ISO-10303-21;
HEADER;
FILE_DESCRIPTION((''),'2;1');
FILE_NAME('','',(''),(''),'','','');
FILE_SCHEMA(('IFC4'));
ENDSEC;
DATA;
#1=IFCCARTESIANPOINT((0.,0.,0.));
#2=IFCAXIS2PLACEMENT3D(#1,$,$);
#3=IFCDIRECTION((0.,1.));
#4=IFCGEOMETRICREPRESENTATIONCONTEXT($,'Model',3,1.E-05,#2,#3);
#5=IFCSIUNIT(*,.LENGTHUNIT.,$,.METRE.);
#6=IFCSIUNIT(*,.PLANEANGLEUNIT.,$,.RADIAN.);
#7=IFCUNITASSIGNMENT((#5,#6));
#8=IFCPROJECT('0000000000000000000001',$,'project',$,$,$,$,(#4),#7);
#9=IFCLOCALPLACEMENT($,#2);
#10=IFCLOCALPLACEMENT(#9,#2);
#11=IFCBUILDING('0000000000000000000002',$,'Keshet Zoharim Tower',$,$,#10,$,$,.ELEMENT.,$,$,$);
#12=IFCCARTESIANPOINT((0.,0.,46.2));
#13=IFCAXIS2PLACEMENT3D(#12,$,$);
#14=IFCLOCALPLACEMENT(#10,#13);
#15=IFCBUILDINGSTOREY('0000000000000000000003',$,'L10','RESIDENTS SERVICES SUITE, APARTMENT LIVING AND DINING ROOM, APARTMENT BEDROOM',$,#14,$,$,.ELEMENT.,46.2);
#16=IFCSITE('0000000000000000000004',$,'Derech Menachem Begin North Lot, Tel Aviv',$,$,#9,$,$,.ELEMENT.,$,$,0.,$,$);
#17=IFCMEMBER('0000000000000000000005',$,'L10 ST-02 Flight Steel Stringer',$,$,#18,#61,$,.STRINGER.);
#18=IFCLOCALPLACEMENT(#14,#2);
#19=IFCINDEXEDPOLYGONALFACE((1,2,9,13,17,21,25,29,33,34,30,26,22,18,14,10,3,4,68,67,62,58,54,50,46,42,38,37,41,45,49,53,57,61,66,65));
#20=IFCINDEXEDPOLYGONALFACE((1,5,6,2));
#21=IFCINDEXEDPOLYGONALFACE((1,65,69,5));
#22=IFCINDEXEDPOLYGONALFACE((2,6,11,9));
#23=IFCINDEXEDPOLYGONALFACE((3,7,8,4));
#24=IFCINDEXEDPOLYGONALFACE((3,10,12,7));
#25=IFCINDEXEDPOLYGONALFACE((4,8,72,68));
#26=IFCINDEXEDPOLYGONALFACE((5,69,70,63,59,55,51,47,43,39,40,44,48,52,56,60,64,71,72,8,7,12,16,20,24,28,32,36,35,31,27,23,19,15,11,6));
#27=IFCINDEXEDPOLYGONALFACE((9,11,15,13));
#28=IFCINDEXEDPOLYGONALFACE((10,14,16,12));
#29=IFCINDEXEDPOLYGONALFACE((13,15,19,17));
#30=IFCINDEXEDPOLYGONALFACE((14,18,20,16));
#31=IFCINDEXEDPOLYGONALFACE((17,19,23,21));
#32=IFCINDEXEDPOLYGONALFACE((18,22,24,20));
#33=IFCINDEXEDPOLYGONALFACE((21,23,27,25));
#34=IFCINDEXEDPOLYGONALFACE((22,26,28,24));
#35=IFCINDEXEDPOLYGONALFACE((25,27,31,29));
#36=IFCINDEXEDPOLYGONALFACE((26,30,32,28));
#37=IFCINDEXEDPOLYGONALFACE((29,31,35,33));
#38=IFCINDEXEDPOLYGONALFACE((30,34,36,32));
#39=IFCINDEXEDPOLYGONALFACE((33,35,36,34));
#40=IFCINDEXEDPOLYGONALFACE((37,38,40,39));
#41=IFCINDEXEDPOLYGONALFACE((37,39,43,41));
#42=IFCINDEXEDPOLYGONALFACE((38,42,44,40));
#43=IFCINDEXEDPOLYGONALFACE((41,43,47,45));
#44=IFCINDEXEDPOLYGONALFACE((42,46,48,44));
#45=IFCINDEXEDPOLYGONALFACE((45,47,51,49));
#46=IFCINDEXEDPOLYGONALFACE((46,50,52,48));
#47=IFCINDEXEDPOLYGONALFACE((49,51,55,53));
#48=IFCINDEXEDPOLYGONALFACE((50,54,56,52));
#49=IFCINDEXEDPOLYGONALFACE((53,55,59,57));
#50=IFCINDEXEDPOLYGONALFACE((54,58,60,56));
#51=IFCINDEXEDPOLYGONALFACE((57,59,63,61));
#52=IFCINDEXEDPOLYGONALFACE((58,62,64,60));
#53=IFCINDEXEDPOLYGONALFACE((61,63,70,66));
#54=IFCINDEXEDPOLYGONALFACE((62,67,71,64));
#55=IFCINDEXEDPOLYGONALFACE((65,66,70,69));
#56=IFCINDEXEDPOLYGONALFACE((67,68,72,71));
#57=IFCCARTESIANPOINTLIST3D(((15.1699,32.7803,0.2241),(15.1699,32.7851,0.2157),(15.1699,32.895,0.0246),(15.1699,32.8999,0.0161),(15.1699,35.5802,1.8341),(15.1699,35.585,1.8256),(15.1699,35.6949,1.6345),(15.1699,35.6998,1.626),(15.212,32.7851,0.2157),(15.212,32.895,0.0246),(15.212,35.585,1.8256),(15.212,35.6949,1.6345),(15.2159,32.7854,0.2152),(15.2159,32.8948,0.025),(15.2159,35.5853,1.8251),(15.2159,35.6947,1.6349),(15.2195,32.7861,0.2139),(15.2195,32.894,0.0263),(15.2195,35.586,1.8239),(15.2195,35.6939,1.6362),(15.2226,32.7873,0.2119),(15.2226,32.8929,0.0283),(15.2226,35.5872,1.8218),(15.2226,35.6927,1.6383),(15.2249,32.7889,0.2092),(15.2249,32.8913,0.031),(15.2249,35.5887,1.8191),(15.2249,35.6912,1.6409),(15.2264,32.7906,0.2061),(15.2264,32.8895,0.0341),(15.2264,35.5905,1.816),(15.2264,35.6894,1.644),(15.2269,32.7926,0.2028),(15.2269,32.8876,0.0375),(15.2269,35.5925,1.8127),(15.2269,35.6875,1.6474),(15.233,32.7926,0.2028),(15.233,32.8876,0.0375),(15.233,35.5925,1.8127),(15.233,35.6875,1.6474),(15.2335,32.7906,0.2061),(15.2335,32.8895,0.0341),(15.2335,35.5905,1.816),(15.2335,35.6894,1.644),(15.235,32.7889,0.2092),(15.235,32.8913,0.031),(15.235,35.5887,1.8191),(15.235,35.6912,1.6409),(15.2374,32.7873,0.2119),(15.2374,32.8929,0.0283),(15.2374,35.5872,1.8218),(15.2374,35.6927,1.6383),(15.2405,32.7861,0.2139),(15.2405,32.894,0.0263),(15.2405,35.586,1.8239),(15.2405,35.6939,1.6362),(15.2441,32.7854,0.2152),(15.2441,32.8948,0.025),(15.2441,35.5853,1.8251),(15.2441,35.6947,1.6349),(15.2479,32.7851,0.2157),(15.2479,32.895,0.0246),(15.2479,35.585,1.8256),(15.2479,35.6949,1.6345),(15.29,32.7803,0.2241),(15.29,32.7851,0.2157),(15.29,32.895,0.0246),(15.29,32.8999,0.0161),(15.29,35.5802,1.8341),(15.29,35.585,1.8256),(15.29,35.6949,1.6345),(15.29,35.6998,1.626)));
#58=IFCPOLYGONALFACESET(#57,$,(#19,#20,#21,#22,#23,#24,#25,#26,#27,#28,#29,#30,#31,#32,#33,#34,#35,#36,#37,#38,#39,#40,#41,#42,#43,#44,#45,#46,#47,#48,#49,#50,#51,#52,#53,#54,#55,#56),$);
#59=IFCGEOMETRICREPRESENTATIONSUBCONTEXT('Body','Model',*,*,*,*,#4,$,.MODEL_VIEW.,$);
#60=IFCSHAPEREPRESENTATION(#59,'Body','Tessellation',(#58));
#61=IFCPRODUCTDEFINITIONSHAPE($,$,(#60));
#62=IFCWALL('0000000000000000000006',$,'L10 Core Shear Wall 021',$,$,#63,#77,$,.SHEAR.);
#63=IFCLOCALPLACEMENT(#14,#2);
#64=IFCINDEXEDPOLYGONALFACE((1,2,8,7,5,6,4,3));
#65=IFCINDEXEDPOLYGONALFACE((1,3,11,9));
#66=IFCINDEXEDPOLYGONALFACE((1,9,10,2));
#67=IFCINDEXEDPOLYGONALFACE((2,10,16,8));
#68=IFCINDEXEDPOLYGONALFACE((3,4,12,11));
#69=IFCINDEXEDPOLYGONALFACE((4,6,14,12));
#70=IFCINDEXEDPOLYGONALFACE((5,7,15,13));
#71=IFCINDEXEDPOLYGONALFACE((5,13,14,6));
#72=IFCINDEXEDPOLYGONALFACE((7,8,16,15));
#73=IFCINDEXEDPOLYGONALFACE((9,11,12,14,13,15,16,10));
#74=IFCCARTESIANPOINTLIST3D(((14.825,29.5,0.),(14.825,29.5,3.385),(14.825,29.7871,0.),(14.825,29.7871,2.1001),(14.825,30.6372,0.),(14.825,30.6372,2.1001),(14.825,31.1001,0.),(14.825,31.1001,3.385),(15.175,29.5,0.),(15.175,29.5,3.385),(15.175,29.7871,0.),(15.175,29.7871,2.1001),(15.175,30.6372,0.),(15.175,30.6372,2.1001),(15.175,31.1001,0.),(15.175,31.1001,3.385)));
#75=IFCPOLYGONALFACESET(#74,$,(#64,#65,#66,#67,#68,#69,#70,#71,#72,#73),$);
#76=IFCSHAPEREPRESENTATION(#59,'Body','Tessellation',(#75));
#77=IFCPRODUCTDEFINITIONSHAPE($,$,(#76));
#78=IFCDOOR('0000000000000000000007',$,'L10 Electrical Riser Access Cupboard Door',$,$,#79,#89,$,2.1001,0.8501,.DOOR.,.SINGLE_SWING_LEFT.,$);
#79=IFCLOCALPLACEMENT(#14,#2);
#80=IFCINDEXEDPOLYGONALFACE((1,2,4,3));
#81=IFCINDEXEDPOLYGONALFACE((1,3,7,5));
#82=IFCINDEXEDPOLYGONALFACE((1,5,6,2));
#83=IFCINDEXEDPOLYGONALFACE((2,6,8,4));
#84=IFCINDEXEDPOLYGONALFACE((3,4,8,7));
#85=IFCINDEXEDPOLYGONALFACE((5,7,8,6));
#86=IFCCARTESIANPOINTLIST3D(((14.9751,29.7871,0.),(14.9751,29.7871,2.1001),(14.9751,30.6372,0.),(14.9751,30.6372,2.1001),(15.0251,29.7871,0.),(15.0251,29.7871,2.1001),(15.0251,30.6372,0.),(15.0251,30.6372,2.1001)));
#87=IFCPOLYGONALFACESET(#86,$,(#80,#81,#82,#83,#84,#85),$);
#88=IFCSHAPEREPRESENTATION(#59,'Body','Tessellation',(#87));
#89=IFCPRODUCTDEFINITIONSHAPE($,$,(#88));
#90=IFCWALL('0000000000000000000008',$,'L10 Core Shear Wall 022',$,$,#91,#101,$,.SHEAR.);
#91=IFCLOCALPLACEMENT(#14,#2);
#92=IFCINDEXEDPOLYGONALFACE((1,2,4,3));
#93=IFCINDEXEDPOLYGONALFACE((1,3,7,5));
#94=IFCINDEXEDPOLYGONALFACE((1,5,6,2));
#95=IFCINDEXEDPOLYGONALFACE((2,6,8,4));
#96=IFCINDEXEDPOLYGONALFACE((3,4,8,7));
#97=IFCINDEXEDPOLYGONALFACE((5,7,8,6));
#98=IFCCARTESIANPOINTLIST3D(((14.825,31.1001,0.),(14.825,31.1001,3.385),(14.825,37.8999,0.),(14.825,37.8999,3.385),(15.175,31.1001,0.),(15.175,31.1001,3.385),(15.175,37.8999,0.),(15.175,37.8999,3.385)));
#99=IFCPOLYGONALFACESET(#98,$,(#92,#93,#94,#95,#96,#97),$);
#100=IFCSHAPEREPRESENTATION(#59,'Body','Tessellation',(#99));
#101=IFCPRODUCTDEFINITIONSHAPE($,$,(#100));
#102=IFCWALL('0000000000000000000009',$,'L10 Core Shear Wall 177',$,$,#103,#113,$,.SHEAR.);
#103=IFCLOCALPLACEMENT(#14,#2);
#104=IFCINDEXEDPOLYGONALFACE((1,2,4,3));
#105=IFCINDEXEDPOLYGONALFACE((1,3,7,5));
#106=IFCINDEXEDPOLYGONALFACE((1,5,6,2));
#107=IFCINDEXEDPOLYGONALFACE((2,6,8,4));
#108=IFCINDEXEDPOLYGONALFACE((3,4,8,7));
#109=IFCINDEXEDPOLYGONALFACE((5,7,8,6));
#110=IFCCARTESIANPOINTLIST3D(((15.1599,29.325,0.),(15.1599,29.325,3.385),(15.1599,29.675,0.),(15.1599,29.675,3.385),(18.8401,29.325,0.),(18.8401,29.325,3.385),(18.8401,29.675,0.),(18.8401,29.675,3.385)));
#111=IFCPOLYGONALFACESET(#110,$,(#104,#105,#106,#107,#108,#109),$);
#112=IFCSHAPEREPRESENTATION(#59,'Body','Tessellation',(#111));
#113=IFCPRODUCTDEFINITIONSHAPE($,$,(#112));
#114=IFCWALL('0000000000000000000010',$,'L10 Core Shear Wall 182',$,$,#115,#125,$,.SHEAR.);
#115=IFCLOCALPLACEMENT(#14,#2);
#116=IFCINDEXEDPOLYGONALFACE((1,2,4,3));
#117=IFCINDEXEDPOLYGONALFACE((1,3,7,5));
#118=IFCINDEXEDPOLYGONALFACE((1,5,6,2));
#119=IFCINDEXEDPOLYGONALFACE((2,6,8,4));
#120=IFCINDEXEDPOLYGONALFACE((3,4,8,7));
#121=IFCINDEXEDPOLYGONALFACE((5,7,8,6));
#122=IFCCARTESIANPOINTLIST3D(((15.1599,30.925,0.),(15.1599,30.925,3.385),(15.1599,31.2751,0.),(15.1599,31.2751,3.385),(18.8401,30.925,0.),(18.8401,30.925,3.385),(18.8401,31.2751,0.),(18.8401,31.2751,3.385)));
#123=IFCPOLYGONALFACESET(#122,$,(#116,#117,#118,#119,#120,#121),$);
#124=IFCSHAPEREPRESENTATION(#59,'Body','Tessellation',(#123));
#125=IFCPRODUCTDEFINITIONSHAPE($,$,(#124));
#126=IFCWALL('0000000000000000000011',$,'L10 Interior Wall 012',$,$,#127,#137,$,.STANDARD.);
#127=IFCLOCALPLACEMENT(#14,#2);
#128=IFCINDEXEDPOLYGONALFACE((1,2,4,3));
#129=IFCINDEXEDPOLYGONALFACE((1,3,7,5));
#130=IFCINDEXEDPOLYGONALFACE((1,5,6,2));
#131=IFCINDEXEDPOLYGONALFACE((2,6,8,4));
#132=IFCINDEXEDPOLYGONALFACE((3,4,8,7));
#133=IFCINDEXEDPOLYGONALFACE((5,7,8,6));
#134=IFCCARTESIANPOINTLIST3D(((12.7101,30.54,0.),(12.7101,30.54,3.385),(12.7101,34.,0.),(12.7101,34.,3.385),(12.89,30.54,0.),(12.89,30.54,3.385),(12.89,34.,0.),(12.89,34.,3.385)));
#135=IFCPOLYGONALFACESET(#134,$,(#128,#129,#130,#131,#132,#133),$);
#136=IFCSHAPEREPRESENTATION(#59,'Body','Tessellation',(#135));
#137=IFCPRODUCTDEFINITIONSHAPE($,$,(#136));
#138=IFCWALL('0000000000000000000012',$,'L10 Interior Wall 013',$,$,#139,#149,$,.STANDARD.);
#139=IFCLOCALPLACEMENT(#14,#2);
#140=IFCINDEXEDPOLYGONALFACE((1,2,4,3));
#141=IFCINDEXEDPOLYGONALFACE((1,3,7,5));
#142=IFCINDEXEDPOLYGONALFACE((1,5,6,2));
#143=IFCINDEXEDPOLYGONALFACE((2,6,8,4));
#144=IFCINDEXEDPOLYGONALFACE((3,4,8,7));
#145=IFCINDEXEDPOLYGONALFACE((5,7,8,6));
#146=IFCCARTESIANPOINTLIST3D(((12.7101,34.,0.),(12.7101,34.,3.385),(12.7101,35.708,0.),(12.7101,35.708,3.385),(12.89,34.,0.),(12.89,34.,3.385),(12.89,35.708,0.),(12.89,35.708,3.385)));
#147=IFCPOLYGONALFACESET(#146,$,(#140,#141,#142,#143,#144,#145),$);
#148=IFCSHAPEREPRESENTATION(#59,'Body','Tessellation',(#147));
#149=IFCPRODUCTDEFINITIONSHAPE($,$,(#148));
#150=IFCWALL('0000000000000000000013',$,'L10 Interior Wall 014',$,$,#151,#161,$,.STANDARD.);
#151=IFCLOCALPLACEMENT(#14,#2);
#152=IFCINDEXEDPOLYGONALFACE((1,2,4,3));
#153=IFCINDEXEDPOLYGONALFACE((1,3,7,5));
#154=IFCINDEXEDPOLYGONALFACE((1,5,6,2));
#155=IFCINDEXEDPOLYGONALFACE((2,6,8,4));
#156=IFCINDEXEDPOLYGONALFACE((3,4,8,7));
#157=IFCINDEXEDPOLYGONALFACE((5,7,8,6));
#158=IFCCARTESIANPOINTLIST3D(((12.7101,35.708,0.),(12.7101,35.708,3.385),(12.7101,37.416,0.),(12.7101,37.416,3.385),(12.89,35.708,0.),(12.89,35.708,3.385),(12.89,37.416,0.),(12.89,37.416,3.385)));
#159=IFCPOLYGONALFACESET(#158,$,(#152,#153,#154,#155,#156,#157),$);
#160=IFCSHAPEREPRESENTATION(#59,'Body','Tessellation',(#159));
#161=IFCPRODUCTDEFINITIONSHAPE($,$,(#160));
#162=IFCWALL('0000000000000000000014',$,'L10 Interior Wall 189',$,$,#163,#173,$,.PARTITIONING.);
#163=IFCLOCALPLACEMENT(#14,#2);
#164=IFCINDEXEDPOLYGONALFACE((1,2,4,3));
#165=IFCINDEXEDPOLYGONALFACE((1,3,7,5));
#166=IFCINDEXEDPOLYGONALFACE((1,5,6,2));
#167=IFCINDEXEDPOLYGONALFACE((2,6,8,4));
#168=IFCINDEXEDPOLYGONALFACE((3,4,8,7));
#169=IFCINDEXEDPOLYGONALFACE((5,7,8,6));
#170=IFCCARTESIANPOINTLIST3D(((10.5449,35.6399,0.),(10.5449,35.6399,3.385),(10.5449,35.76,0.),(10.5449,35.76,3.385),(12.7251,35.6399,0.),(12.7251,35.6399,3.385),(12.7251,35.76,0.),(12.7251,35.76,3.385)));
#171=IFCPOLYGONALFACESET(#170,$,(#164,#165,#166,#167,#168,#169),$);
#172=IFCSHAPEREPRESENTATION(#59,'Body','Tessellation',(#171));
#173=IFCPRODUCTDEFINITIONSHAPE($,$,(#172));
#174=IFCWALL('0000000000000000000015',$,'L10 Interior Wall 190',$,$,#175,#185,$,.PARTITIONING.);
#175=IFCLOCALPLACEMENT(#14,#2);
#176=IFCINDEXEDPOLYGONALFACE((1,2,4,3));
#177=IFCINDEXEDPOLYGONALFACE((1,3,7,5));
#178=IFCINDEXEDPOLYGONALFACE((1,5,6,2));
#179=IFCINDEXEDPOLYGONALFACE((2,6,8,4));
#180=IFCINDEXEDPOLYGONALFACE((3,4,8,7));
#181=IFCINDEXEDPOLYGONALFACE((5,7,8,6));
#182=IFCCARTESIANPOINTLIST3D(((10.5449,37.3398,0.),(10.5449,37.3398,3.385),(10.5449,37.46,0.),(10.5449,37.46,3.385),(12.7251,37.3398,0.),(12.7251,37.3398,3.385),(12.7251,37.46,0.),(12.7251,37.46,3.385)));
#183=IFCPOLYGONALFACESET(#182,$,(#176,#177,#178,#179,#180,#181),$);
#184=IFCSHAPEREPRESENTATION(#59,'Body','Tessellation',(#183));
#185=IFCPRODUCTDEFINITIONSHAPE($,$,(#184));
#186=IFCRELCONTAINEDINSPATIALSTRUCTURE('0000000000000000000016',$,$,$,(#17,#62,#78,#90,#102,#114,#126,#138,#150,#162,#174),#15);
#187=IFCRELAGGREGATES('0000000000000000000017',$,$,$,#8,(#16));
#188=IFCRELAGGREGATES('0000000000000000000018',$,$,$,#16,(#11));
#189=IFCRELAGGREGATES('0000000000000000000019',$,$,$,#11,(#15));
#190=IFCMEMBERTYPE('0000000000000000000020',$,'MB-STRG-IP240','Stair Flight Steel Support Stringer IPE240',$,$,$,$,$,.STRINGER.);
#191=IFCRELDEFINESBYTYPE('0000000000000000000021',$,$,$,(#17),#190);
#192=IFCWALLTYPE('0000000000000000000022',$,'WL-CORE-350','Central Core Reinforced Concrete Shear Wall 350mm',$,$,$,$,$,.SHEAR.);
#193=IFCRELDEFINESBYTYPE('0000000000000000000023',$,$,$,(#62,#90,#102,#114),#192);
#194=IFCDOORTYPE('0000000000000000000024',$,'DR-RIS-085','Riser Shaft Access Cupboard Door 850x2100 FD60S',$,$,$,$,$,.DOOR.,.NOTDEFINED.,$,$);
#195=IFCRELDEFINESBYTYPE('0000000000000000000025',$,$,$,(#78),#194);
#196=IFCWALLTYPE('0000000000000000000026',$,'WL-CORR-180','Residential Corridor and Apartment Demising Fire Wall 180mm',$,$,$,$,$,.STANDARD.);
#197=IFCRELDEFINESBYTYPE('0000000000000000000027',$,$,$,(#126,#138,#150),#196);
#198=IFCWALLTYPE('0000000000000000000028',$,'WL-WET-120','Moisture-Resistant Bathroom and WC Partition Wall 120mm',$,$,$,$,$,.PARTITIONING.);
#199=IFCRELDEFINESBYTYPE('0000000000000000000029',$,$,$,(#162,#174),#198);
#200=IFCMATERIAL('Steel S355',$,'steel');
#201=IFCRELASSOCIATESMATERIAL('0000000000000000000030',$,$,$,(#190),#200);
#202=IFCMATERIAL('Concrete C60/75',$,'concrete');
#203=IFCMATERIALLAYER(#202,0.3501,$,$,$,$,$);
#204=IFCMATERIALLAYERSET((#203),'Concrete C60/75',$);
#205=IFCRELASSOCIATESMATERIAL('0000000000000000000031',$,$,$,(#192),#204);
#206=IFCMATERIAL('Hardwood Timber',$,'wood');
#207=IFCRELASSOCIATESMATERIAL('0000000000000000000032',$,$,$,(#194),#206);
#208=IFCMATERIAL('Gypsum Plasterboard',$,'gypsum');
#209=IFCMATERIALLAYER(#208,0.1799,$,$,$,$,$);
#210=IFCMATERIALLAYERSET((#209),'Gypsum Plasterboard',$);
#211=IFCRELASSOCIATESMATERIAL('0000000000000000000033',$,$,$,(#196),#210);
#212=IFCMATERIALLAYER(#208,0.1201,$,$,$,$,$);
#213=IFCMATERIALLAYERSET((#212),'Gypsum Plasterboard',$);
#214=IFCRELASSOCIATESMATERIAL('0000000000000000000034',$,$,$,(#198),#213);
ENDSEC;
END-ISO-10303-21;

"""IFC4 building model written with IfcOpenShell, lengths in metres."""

from ifc_helpers import new_model, si_unit, direction, frame, frame_2d, origin, origin_2d, place, context, subcontext, project, spatial, rectangle, i_section, extrude, material, layer, layer_set, material_profile, profile_set, type_object, element, fill, save


model = new_model("IFC4")

# Units and contexts
model_context = context("Model", 3, precision=1e-05, world=origin(), true_north=direction((0.0, 1.0)))
body_context = subcontext(model_context, "Body", "Model", "MODEL_VIEW")
ifc_project = project(units=[si_unit("LENGTHUNIT", "METRE"), si_unit("PLANEANGLEUNIT", "RADIAN")], contexts=[model_context])

# Site, building, storey
site_placement = place(None, origin())
site = spatial("IfcSite", under=ifc_project, at=site_placement, Name="Derech Menachem Begin North Lot, Tel Aviv", CompositionType="ELEMENT", RefElevation=0.0)
building_placement = place(site_placement, origin())
building = spatial("IfcBuilding", under=site, at=building_placement, Name="Keshet Zoharim Tower", CompositionType="ELEMENT")
storey_placement = place(building_placement, frame((0.0, 0.0, 46.2)))
storey = spatial("IfcBuildingStorey", under=building, at=storey_placement, Name="L10", Description="RESIDENTS SERVICES SUITE, APARTMENT LIVING AND DINING ROOM, APARTMENT BEDROOM", CompositionType="ELEMENT", Elevation=46.2)

# Member
ifc_material_1 = material(Name="Steel S355", Category="steel")
ifc_material_profile = material_profile(ifc_material_1, i_section(OverallWidth=0.1201, OverallDepth=0.24, WebThickness=0.0061, FlangeThickness=0.0098, FilletRadius=0.0149, at=origin_2d()), Name="IPE240")
ifc_profile_set = profile_set([ifc_material_profile], Name="Steel S355")
member_type = type_object("IfcMemberType", Name="MB-STRG-IP240", Description="Stair Flight Steel Support Stringer IPE240", PredefinedType="STRINGER", material=ifc_profile_set)
member_placement = place(storey_placement, frame((15.23, 32.8401, 0.1201), z_axis=(0.0, 0.86691, 0.498465), x_axis=(-1.0, 0.0, 0.0)))
element("IfcMember", 1, at=member_placement, inside=storey, type_object=member_type, Name="L10 ST-02 Flight Steel Stringer", PredefinedType="STRINGER", context=body_context, shape_type="SweptSolid", body=[
    extrude(i_section(OverallWidth=0.1201, OverallDepth=0.24, WebThickness=0.0061, FlangeThickness=0.0098, FilletRadius=0.0149, at=origin_2d()), origin(), (0.0, 0.0, 1.0), 3.2297),
])

# Wall, opening, door
ifc_material_2 = material(Name="Concrete C60/75", Category="concrete")
ifc_layer_1 = layer(ifc_material_2, 0.3501)
ifc_layer_set_1 = layer_set([ifc_layer_1], Name="Concrete C60/75")
wall_type_1 = type_object("IfcWallType", Name="WL-CORE-350", Description="Central Core Reinforced Concrete Shear Wall 350mm", PredefinedType="SHEAR", material=ifc_layer_set_1)
wall_1_placement = place(storey_placement, frame((15.0, 29.5, 0.0), z_axis=(0.0, 0.0, 1.0), x_axis=(0.0, 1.0, 0.0)))
wall_1 = element("IfcWall", 2, at=wall_1_placement, inside=storey, type_object=wall_type_1, Name="L10 Core Shear Wall 021", PredefinedType="SHEAR", context=body_context, shape_type="SweptSolid", body=[
    extrude(rectangle(XDim=1.6001, YDim=0.3501, at=frame_2d((0.8, 0.0))), origin(), (0.0, 0.0, 1.0), 3.385),
])
opening_1_placement = place(wall_1_placement, frame((0.2871, 0.0, 0.0)))
opening_1 = element("IfcOpeningElement", 3, at=opening_1_placement, cuts=wall_1, PredefinedType="OPENING", context=body_context, shape_type="SweptSolid", body=[
    extrude(rectangle(XDim=0.8501, YDim=2.1001, at=frame_2d((0.425, 1.05))), frame((0.0, 0.1851, 0.0), z_axis=(0.0, -1.0, 0.0), x_axis=(1.0, 0.0, 0.0)), (0.0, 0.0, 1.0), 0.3701),
])
ifc_material_3 = material(Name="Hardwood Timber", Category="wood")
door_type_1 = type_object("IfcDoorType", Name="DR-RIS-085", Description="Riser Shaft Access Cupboard Door 850x2100 FD60S", OperationType="NOTDEFINED", PredefinedType="DOOR", material=ifc_material_3)
door_1_placement = place(opening_1_placement, origin())
door_1 = element("IfcDoor", 4, at=door_1_placement, inside=storey, type_object=door_type_1, Name="L10 Electrical Riser Access Cupboard Door", OperationType="SINGLE_SWING_LEFT", OverallHeight=2.1001, OverallWidth=0.8501, PredefinedType="DOOR", context=body_context, shape_type="SweptSolid", body=[
    extrude(rectangle(XDim=0.8501, YDim=2.1001, at=frame_2d((0.425, 1.05))), frame((0.0, 0.0249, 0.0), z_axis=(0.0, -1.0, 0.0), x_axis=(1.0, 0.0, 0.0)), (0.0, 0.0, 1.0), 0.05),
])
fill(opening_1, door_1)

# Walls
wall_2_placement = place(storey_placement, frame((15.0, 31.1001, 0.0), z_axis=(0.0, 0.0, 1.0), x_axis=(0.0, 1.0, 0.0)))
element("IfcWall", 5, at=wall_2_placement, inside=storey, type_object=wall_type_1, Name="L10 Core Shear Wall 022", PredefinedType="SHEAR", context=body_context, shape_type="SweptSolid", body=[
    extrude(rectangle(XDim=6.7998, YDim=0.3501, at=frame_2d((3.3999, 0.0))), origin(), (0.0, 0.0, 1.0), 3.385),
])
for number, where, z_axis, x_axis, name in (
    (6, (15.1599, 29.5, 0.0), (0.0, 0.0, 1.0), (1.0, 0.0, 0.0), "L10 Core Shear Wall 177"),
    (7, (15.1599, 31.1001, 0.0), (0.0, 0.0, 1.0), (1.0, 0.0, 0.0), "L10 Core Shear Wall 182"),
):
    element("IfcWall", number, at=place(storey_placement, frame(where, z_axis=z_axis, x_axis=x_axis)), inside=storey, type_object=wall_type_1, Name=name, PredefinedType="SHEAR", context=body_context, shape_type="SweptSolid", body=[
        extrude(rectangle(XDim=3.6802, YDim=0.3501, at=frame_2d((1.8401, 0.0))), origin(), (0.0, 0.0, 1.0), 3.385),
    ])

# Shared definitions
ifc_material_4 = material(Name="Gypsum Plasterboard", Category="gypsum")
ifc_layer_2 = layer(ifc_material_4, 0.1799)
ifc_layer_set_2 = layer_set([ifc_layer_2], Name="Gypsum Plasterboard")
wall_type_2 = type_object("IfcWallType", Name="WL-CORR-180", Description="Residential Corridor and Apartment Demising Fire Wall 180mm", PredefinedType="STANDARD", material=ifc_layer_set_2)

# Walls
wall_3_placement = place(storey_placement, frame((12.8, 30.54, 0.0), z_axis=(0.0, 0.0, 1.0), x_axis=(0.0, 1.0, 0.0)))
element("IfcWall", 8, at=wall_3_placement, inside=storey, type_object=wall_type_2, Name="L10 Interior Wall 012", PredefinedType="STANDARD", context=body_context, shape_type="SweptSolid", body=[
    extrude(rectangle(XDim=3.46, YDim=0.1799, at=frame_2d((1.73, 0.0))), origin(), (0.0, 0.0, 1.0), 3.385),
])
for number, where, z_axis, x_axis, name in (
    (9, (12.8, 34.0, 0.0), (0.0, 0.0, 1.0), (0.0, 1.0, 0.0), "L10 Interior Wall 013"),
    (10, (12.8, 35.708, 0.0), (0.0, 0.0, 1.0), (0.0, 1.0, 0.0), "L10 Interior Wall 014"),
):
    element("IfcWall", number, at=place(storey_placement, frame(where, z_axis=z_axis, x_axis=x_axis)), inside=storey, type_object=wall_type_2, Name=name, PredefinedType="STANDARD", context=body_context, shape_type="SweptSolid", body=[
        extrude(rectangle(XDim=1.708, YDim=0.1799, at=frame_2d((0.854, 0.0))), origin(), (0.0, 0.0, 1.0), 3.385),
    ])

# Walls
ifc_layer_3 = layer(ifc_material_4, 0.1201)
ifc_layer_set_3 = layer_set([ifc_layer_3], Name="Gypsum Plasterboard")
wall_type_3 = type_object("IfcWallType", Name="WL-WET-120", Description="Moisture-Resistant Bathroom and WC Partition Wall 120mm", PredefinedType="PARTITIONING", material=ifc_layer_set_3)
for number, where, z_axis, x_axis, name in (
    (11, (10.5449, 35.7, 0.0), (0.0, 0.0, 1.0), (1.0, 0.0, 0.0), "L10 Interior Wall 189"),
    (12, (10.5449, 37.3999, 0.0), (0.0, 0.0, 1.0), (1.0, 0.0, 0.0), "L10 Interior Wall 190"),
):
    element("IfcWall", number, at=place(storey_placement, frame(where, z_axis=z_axis, x_axis=x_axis)), inside=storey, type_object=wall_type_3, Name=name, PredefinedType="PARTITIONING", context=body_context, shape_type="SweptSolid", body=[
        extrude(rectangle(XDim=2.1802, YDim=0.1201, at=frame_2d((1.0901, 0.0))), origin(), (0.0, 0.0, 1.0), 3.385),
    ])

save(model, "model.ifc")
